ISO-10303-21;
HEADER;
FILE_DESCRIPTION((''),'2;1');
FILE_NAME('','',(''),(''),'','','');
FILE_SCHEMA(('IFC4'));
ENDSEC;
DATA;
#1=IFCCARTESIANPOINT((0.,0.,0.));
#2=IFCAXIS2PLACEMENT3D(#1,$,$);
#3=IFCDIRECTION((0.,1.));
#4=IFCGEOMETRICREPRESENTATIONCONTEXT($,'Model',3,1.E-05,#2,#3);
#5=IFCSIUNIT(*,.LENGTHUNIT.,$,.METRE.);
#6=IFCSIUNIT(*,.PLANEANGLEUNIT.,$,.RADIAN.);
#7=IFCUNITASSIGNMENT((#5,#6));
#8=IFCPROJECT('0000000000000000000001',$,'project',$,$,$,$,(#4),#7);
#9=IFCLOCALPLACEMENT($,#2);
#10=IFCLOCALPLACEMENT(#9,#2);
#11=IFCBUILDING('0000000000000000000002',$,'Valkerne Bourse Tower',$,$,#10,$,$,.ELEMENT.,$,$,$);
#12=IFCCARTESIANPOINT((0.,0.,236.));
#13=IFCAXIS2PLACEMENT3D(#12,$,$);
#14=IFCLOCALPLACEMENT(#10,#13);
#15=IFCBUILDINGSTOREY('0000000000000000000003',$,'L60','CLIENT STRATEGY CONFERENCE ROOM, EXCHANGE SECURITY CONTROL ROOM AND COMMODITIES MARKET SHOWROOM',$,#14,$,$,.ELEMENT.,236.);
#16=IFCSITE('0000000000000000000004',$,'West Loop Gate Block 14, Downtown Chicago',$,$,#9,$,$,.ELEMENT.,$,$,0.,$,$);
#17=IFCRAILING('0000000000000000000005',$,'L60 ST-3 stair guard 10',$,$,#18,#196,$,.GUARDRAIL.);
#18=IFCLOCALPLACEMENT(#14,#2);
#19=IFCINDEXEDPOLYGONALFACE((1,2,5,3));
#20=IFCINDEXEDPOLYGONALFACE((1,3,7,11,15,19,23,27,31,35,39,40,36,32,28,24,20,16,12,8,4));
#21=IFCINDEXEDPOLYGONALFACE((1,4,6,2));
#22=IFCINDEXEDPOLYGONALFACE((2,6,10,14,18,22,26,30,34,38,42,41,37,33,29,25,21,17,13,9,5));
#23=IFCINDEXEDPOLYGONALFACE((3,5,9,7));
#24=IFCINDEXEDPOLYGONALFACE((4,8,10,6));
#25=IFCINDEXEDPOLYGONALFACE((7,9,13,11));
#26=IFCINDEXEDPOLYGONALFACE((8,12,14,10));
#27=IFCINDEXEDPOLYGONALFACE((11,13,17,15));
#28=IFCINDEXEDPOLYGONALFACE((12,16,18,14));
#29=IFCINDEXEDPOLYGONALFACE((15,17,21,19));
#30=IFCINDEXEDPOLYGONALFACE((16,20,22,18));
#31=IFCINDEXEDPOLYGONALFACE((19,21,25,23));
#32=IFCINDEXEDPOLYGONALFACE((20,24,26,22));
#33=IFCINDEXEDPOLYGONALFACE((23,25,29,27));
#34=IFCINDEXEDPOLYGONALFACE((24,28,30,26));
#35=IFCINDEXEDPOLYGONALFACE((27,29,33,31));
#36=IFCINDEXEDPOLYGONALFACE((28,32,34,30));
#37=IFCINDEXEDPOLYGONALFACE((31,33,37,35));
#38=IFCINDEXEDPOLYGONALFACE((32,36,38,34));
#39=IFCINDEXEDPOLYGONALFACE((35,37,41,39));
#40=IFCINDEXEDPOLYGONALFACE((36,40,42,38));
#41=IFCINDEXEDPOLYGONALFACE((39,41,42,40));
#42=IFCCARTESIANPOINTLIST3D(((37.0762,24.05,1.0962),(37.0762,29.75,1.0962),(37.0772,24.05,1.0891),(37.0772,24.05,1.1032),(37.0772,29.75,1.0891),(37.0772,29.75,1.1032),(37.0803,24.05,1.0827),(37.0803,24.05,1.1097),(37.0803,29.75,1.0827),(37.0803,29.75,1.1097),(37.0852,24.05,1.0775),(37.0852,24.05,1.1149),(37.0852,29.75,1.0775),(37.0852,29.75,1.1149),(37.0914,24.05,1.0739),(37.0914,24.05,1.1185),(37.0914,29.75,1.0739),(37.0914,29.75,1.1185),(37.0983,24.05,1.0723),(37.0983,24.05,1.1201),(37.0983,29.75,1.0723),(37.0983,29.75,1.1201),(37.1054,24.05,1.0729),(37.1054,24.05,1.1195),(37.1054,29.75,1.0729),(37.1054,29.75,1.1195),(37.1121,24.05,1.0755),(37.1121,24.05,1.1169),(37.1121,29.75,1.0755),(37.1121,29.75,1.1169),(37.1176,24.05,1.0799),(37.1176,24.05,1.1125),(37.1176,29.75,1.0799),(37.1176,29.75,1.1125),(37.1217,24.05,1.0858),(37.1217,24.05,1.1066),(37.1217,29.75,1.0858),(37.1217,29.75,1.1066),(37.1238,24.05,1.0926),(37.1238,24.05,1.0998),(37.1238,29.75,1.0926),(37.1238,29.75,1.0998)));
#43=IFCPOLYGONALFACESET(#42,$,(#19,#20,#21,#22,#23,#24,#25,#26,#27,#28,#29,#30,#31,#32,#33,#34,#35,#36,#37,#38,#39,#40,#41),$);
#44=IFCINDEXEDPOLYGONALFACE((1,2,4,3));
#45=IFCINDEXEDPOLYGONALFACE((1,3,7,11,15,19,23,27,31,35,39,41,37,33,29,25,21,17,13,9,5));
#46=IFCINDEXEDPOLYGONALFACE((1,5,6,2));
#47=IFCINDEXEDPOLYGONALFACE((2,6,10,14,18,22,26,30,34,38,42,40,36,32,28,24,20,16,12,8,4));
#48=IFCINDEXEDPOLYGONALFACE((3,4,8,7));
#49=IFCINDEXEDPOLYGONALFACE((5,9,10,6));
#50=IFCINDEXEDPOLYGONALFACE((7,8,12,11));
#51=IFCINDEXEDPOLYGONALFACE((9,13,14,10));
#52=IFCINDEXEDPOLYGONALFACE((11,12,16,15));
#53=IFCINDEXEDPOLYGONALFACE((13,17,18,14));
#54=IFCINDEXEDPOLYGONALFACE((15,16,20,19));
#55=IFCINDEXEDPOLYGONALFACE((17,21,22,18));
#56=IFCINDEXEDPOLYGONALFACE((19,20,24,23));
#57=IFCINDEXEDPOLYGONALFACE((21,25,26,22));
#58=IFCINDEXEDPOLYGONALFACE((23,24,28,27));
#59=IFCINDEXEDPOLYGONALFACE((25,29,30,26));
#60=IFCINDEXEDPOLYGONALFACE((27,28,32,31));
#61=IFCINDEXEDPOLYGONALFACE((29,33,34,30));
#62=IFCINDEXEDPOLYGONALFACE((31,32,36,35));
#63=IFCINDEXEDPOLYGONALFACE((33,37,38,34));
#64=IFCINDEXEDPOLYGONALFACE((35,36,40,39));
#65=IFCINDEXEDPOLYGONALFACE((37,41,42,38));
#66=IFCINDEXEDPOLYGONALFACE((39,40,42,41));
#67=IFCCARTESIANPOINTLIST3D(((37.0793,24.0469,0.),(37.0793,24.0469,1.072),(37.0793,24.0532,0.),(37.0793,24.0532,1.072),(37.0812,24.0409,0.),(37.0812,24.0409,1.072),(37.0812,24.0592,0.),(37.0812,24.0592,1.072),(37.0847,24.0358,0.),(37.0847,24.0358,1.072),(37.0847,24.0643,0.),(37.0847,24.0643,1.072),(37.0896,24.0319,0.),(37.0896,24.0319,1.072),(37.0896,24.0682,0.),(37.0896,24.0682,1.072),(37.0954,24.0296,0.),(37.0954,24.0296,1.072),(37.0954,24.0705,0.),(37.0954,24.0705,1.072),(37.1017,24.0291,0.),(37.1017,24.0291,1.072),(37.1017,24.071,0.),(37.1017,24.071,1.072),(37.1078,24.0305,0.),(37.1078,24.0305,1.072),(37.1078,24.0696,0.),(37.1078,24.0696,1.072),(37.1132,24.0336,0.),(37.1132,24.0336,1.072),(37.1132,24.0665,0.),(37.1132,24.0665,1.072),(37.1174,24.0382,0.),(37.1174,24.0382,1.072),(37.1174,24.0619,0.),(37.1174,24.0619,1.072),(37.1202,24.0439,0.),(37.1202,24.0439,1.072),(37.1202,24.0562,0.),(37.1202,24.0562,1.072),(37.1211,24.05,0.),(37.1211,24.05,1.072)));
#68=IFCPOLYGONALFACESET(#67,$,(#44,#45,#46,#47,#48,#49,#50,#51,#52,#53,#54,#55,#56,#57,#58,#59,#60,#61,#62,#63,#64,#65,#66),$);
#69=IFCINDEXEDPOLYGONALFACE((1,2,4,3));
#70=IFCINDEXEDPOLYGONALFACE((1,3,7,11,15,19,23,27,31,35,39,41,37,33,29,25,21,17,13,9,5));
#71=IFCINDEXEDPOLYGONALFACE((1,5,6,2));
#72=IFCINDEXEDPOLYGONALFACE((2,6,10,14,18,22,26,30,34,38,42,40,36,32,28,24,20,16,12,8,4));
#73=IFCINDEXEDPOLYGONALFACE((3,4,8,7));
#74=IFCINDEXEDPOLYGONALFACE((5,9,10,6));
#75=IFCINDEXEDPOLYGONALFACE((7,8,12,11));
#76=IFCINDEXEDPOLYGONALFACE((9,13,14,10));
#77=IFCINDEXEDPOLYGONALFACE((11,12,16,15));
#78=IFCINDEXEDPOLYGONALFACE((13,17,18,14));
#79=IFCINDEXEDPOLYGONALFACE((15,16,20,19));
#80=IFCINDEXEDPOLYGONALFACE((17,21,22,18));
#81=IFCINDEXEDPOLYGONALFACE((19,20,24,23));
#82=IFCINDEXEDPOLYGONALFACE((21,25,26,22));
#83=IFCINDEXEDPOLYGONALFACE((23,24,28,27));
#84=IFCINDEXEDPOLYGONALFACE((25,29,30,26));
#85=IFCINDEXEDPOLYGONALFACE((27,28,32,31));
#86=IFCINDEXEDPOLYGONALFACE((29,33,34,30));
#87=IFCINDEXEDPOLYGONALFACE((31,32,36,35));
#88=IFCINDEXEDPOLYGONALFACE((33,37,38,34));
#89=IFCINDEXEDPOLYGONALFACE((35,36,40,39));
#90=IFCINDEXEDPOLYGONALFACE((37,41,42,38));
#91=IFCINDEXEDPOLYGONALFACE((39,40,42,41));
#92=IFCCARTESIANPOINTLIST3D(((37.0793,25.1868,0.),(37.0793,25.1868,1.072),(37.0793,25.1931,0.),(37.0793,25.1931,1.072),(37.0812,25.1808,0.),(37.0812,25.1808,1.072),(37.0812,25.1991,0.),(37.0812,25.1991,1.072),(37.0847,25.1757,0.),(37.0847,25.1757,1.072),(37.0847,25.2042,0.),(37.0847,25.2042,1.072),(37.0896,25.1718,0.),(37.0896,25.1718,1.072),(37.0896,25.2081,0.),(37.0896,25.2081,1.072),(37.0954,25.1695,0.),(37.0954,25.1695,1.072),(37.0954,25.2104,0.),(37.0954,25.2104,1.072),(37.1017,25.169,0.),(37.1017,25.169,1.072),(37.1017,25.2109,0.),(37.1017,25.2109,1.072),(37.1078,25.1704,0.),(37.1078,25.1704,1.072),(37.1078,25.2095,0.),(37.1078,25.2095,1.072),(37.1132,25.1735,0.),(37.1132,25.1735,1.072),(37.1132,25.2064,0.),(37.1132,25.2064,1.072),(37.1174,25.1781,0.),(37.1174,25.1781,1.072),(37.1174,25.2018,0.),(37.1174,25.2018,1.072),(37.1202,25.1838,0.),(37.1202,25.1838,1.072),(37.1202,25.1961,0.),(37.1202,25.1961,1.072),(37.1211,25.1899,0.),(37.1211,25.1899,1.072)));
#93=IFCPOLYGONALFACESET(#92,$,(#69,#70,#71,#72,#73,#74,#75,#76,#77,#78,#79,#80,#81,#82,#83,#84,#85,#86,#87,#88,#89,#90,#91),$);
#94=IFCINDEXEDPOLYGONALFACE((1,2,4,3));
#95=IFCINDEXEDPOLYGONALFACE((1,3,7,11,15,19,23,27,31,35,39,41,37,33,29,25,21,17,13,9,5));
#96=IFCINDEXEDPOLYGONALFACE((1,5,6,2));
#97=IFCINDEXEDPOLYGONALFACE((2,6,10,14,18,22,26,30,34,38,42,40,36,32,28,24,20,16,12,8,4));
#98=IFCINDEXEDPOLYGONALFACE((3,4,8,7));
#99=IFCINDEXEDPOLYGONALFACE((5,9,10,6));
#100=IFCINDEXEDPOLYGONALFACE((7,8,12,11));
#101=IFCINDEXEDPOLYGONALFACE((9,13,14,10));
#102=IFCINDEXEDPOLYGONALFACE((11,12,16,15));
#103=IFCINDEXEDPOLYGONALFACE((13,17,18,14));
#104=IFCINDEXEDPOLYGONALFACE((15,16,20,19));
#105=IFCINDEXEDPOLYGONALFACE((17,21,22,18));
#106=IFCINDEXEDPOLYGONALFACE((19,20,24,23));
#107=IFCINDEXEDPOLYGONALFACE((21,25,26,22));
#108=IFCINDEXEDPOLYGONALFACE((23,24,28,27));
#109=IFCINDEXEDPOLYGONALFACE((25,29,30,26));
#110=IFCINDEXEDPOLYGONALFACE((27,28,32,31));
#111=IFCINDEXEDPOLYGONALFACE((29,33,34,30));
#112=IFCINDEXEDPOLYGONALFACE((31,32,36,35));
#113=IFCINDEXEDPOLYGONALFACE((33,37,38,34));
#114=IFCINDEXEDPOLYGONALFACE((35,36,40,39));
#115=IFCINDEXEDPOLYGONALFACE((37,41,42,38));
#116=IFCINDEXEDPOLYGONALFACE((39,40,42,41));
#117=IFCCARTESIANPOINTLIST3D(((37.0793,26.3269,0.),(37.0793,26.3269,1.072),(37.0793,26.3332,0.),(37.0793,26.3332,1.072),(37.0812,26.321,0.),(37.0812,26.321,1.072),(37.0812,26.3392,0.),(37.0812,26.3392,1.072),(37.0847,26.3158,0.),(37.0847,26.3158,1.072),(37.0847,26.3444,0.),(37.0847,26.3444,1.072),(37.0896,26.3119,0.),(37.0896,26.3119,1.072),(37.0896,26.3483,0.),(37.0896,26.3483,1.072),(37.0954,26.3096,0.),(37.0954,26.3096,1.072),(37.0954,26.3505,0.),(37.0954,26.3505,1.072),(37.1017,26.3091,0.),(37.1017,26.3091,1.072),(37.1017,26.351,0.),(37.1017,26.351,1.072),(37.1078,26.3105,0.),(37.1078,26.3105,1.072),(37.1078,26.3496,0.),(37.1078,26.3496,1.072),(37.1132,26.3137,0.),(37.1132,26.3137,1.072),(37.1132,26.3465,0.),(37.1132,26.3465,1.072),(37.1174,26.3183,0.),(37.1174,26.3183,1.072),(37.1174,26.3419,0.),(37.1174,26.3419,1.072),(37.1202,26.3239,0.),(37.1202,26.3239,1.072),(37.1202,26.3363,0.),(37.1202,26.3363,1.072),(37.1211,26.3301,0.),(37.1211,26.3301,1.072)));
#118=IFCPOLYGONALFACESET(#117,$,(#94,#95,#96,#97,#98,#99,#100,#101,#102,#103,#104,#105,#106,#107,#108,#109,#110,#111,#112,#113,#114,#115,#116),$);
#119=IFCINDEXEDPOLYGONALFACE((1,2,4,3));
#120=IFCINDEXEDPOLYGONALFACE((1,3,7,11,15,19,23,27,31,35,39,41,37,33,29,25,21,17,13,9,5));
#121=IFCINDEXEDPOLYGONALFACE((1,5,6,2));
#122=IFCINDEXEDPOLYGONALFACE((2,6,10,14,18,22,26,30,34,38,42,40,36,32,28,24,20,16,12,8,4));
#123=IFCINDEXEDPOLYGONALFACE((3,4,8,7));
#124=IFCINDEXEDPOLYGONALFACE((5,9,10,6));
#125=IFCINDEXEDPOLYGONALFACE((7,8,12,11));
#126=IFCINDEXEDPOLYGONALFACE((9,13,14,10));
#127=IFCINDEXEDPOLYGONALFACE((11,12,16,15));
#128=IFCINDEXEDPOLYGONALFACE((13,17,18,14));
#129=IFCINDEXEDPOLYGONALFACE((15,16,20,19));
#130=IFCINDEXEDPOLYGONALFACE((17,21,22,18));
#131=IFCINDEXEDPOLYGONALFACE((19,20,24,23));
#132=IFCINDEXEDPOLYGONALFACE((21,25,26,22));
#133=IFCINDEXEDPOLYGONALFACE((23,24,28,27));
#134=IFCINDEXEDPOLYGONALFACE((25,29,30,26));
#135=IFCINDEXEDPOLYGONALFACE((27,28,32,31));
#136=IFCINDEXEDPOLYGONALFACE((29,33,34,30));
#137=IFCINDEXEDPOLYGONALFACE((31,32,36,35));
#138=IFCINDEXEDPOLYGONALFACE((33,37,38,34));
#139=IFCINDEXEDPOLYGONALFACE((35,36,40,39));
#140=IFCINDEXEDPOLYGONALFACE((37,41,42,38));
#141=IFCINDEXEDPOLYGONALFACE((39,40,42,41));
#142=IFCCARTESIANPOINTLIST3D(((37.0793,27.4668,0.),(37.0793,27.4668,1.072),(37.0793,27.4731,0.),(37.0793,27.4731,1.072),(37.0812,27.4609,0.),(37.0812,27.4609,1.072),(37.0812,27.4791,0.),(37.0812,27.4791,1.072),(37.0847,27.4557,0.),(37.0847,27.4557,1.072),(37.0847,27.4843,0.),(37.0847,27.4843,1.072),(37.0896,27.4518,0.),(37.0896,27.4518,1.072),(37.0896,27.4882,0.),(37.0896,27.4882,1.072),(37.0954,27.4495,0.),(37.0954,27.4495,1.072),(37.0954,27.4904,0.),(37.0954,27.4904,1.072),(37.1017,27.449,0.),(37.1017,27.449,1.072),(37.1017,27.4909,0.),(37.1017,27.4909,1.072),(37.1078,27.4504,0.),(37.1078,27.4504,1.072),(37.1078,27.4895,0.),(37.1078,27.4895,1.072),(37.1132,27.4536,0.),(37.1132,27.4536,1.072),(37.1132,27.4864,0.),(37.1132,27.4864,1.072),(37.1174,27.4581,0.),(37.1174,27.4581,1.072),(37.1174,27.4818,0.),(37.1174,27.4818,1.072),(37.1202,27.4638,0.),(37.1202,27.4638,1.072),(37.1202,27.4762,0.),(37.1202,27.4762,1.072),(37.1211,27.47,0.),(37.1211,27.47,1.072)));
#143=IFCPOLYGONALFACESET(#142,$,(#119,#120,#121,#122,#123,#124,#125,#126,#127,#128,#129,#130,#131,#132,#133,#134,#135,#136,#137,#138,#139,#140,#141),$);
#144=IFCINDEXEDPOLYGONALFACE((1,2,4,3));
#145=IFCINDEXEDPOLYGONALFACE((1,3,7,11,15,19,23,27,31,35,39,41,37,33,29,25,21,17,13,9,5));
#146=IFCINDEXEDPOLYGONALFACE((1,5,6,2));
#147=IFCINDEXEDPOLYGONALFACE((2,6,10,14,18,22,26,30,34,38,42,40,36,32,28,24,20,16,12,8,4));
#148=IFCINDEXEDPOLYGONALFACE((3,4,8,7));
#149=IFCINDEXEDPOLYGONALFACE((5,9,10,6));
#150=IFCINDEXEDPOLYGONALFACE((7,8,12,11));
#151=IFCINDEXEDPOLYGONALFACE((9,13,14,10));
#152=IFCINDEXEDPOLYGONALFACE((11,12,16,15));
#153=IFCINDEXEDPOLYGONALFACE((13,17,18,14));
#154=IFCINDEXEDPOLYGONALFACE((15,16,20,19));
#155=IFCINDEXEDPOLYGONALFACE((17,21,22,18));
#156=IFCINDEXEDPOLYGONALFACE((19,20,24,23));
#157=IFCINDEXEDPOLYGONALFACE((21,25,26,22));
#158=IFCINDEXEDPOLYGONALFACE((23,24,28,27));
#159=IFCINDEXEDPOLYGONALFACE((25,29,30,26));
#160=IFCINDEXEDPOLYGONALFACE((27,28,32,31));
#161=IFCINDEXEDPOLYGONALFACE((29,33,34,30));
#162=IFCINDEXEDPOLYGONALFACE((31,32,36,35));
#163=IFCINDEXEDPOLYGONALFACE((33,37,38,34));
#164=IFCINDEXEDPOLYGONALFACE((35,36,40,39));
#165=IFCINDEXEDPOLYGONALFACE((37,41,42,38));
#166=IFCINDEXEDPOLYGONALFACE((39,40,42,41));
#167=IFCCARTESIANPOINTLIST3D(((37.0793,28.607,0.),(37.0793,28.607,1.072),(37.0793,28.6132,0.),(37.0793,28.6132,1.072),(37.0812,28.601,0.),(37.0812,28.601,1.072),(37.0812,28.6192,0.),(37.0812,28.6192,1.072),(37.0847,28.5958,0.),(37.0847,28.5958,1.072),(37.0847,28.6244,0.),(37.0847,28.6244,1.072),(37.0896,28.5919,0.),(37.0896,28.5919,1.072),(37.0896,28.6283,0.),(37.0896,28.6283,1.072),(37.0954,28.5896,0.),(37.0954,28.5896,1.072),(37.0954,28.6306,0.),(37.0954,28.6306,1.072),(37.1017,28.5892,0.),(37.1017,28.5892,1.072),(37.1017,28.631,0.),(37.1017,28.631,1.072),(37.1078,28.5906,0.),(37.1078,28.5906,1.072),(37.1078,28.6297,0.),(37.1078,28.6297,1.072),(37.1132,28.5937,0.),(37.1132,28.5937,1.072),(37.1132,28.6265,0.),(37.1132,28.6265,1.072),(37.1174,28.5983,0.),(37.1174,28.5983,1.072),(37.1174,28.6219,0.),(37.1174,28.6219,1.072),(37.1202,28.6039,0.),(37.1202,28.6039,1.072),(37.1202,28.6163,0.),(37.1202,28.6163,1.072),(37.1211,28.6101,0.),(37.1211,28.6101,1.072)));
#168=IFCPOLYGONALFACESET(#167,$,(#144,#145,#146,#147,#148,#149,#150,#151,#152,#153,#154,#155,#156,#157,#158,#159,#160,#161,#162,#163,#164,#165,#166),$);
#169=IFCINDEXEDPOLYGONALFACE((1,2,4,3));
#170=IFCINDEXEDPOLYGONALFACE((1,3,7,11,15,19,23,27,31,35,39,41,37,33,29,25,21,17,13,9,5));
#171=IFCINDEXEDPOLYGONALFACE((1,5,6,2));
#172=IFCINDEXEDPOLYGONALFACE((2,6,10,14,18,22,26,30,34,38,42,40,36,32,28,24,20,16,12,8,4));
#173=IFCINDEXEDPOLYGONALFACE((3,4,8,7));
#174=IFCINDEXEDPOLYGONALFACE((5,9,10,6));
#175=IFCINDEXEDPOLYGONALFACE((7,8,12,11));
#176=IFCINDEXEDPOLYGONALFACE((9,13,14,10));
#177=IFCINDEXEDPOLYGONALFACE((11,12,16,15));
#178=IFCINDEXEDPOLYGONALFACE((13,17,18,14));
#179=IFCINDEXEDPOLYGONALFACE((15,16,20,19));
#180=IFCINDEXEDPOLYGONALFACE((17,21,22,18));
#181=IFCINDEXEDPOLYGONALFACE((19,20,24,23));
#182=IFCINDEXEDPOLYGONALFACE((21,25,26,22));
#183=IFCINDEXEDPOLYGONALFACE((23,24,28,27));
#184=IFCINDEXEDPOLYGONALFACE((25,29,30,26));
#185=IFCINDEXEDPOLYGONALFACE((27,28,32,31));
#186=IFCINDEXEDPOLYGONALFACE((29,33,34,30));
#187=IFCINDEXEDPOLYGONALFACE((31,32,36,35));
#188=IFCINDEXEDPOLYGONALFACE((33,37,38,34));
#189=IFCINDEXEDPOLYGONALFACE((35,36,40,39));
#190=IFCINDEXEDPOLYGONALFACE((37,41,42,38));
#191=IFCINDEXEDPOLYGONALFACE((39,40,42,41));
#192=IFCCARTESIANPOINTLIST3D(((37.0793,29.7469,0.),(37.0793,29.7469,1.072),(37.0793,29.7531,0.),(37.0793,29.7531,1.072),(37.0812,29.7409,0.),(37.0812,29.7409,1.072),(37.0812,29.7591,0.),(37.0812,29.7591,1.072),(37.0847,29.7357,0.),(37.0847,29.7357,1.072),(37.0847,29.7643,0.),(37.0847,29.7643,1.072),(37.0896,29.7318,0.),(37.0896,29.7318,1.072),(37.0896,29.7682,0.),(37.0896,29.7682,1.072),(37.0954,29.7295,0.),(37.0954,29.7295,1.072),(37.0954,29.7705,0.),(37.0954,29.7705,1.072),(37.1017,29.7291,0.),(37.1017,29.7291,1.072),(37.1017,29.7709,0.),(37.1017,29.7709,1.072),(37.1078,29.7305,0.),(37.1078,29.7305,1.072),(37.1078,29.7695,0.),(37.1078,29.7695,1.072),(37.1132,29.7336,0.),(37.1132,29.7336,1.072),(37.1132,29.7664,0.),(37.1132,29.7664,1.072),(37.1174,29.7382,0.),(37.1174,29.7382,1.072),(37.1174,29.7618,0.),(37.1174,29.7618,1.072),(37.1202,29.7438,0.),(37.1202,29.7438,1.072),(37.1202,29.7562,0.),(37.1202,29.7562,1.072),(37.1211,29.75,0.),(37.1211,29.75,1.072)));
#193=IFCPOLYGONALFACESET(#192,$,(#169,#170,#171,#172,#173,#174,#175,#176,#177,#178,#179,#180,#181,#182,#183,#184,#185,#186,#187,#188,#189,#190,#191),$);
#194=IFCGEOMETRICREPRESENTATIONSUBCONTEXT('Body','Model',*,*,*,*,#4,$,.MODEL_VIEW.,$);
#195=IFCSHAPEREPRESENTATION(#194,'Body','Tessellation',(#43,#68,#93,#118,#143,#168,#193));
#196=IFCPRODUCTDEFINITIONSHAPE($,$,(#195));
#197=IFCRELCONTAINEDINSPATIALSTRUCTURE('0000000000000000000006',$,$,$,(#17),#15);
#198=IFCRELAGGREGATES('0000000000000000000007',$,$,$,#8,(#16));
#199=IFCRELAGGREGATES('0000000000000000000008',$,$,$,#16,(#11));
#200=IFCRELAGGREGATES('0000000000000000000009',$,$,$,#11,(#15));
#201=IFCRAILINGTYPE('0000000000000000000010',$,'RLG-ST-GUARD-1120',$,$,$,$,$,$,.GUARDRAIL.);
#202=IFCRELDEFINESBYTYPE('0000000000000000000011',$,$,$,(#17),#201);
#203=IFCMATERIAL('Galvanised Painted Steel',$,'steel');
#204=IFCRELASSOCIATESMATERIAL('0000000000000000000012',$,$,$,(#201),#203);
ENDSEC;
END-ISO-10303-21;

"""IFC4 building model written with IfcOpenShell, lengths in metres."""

from ifc_helpers import new_model, si_unit, direction, frame, origin, origin_2d, place, context, subcontext, project, spatial, circle, extrude, material, type_object, element, save


model = new_model("IFC4")

# Units and contexts
model_context = context("Model", 3, precision=1e-05, world=origin(), true_north=direction((0.0, 1.0)))
body_context = subcontext(model_context, "Body", "Model", "MODEL_VIEW")
ifc_project = project(units=[si_unit("LENGTHUNIT", "METRE"), si_unit("PLANEANGLEUNIT", "RADIAN")], contexts=[model_context])

# Site, building, storey
site_placement = place(None, origin())
site = spatial("IfcSite", under=ifc_project, at=site_placement, Name="West Loop Gate Block 14, Downtown Chicago", CompositionType="ELEMENT", RefElevation=0.0)
building_placement = place(site_placement, origin())
building = spatial("IfcBuilding", under=site, at=building_placement, Name="Valkerne Bourse Tower", CompositionType="ELEMENT")
storey_placement = place(building_placement, frame((0.0, 0.0, 236.0)))
storey = spatial("IfcBuildingStorey", under=building, at=storey_placement, Name="L60", Description="CLIENT STRATEGY CONFERENCE ROOM, EXCHANGE SECURITY CONTROL ROOM AND COMMODITIES MARKET SHOWROOM", CompositionType="ELEMENT", Elevation=236.0)

# Railing
ifc_material_1 = material(Name="Galvanised Painted Steel", Category="steel")
railing_type_1 = type_object("IfcRailingType", Name="RLG-ST-GUARD-1120", PredefinedType="GUARDRAIL", material=ifc_material_1)
railing_1_placement = place(storey_placement, frame((37.1001, 24.05, 0.0)))
element("IfcRailing", 1, at=railing_1_placement, inside=storey, type_object=railing_type_1, Name="L60 ST-3 stair guard 10", PredefinedType="GUARDRAIL", context=body_context, shape_type="SweptSolid", body=[
    extrude(circle(Radius=0.0239, at=origin_2d()), frame((0.0, 0.0, 1.0962), z_axis=(0.0, 1.0, 0.0), x_axis=(-1.0, 0.0, 0.0)), (0.0, 0.0, 1.0), 5.7),
    extrude(circle(Radius=0.021, at=origin_2d()), origin(), (0.0, 0.0, 1.0), 1.072),
    extrude(circle(Radius=0.021, at=origin_2d()), frame((0.0, 1.1399, 0.0)), (0.0, 0.0, 1.0), 1.072),
    extrude(circle(Radius=0.021, at=origin_2d()), frame((0.0, 2.28, 0.0)), (0.0, 0.0, 1.0), 1.072),
    extrude(circle(Radius=0.021, at=origin_2d()), frame((0.0, 3.4199, 0.0)), (0.0, 0.0, 1.0), 1.072),
    extrude(circle(Radius=0.021, at=origin_2d()), frame((0.0, 4.5601, 0.0)), (0.0, 0.0, 1.0), 1.072),
    extrude(circle(Radius=0.021, at=origin_2d()), frame((0.0, 5.7, 0.0)), (0.0, 0.0, 1.0), 1.072),
])

save(model, "model.ifc")
